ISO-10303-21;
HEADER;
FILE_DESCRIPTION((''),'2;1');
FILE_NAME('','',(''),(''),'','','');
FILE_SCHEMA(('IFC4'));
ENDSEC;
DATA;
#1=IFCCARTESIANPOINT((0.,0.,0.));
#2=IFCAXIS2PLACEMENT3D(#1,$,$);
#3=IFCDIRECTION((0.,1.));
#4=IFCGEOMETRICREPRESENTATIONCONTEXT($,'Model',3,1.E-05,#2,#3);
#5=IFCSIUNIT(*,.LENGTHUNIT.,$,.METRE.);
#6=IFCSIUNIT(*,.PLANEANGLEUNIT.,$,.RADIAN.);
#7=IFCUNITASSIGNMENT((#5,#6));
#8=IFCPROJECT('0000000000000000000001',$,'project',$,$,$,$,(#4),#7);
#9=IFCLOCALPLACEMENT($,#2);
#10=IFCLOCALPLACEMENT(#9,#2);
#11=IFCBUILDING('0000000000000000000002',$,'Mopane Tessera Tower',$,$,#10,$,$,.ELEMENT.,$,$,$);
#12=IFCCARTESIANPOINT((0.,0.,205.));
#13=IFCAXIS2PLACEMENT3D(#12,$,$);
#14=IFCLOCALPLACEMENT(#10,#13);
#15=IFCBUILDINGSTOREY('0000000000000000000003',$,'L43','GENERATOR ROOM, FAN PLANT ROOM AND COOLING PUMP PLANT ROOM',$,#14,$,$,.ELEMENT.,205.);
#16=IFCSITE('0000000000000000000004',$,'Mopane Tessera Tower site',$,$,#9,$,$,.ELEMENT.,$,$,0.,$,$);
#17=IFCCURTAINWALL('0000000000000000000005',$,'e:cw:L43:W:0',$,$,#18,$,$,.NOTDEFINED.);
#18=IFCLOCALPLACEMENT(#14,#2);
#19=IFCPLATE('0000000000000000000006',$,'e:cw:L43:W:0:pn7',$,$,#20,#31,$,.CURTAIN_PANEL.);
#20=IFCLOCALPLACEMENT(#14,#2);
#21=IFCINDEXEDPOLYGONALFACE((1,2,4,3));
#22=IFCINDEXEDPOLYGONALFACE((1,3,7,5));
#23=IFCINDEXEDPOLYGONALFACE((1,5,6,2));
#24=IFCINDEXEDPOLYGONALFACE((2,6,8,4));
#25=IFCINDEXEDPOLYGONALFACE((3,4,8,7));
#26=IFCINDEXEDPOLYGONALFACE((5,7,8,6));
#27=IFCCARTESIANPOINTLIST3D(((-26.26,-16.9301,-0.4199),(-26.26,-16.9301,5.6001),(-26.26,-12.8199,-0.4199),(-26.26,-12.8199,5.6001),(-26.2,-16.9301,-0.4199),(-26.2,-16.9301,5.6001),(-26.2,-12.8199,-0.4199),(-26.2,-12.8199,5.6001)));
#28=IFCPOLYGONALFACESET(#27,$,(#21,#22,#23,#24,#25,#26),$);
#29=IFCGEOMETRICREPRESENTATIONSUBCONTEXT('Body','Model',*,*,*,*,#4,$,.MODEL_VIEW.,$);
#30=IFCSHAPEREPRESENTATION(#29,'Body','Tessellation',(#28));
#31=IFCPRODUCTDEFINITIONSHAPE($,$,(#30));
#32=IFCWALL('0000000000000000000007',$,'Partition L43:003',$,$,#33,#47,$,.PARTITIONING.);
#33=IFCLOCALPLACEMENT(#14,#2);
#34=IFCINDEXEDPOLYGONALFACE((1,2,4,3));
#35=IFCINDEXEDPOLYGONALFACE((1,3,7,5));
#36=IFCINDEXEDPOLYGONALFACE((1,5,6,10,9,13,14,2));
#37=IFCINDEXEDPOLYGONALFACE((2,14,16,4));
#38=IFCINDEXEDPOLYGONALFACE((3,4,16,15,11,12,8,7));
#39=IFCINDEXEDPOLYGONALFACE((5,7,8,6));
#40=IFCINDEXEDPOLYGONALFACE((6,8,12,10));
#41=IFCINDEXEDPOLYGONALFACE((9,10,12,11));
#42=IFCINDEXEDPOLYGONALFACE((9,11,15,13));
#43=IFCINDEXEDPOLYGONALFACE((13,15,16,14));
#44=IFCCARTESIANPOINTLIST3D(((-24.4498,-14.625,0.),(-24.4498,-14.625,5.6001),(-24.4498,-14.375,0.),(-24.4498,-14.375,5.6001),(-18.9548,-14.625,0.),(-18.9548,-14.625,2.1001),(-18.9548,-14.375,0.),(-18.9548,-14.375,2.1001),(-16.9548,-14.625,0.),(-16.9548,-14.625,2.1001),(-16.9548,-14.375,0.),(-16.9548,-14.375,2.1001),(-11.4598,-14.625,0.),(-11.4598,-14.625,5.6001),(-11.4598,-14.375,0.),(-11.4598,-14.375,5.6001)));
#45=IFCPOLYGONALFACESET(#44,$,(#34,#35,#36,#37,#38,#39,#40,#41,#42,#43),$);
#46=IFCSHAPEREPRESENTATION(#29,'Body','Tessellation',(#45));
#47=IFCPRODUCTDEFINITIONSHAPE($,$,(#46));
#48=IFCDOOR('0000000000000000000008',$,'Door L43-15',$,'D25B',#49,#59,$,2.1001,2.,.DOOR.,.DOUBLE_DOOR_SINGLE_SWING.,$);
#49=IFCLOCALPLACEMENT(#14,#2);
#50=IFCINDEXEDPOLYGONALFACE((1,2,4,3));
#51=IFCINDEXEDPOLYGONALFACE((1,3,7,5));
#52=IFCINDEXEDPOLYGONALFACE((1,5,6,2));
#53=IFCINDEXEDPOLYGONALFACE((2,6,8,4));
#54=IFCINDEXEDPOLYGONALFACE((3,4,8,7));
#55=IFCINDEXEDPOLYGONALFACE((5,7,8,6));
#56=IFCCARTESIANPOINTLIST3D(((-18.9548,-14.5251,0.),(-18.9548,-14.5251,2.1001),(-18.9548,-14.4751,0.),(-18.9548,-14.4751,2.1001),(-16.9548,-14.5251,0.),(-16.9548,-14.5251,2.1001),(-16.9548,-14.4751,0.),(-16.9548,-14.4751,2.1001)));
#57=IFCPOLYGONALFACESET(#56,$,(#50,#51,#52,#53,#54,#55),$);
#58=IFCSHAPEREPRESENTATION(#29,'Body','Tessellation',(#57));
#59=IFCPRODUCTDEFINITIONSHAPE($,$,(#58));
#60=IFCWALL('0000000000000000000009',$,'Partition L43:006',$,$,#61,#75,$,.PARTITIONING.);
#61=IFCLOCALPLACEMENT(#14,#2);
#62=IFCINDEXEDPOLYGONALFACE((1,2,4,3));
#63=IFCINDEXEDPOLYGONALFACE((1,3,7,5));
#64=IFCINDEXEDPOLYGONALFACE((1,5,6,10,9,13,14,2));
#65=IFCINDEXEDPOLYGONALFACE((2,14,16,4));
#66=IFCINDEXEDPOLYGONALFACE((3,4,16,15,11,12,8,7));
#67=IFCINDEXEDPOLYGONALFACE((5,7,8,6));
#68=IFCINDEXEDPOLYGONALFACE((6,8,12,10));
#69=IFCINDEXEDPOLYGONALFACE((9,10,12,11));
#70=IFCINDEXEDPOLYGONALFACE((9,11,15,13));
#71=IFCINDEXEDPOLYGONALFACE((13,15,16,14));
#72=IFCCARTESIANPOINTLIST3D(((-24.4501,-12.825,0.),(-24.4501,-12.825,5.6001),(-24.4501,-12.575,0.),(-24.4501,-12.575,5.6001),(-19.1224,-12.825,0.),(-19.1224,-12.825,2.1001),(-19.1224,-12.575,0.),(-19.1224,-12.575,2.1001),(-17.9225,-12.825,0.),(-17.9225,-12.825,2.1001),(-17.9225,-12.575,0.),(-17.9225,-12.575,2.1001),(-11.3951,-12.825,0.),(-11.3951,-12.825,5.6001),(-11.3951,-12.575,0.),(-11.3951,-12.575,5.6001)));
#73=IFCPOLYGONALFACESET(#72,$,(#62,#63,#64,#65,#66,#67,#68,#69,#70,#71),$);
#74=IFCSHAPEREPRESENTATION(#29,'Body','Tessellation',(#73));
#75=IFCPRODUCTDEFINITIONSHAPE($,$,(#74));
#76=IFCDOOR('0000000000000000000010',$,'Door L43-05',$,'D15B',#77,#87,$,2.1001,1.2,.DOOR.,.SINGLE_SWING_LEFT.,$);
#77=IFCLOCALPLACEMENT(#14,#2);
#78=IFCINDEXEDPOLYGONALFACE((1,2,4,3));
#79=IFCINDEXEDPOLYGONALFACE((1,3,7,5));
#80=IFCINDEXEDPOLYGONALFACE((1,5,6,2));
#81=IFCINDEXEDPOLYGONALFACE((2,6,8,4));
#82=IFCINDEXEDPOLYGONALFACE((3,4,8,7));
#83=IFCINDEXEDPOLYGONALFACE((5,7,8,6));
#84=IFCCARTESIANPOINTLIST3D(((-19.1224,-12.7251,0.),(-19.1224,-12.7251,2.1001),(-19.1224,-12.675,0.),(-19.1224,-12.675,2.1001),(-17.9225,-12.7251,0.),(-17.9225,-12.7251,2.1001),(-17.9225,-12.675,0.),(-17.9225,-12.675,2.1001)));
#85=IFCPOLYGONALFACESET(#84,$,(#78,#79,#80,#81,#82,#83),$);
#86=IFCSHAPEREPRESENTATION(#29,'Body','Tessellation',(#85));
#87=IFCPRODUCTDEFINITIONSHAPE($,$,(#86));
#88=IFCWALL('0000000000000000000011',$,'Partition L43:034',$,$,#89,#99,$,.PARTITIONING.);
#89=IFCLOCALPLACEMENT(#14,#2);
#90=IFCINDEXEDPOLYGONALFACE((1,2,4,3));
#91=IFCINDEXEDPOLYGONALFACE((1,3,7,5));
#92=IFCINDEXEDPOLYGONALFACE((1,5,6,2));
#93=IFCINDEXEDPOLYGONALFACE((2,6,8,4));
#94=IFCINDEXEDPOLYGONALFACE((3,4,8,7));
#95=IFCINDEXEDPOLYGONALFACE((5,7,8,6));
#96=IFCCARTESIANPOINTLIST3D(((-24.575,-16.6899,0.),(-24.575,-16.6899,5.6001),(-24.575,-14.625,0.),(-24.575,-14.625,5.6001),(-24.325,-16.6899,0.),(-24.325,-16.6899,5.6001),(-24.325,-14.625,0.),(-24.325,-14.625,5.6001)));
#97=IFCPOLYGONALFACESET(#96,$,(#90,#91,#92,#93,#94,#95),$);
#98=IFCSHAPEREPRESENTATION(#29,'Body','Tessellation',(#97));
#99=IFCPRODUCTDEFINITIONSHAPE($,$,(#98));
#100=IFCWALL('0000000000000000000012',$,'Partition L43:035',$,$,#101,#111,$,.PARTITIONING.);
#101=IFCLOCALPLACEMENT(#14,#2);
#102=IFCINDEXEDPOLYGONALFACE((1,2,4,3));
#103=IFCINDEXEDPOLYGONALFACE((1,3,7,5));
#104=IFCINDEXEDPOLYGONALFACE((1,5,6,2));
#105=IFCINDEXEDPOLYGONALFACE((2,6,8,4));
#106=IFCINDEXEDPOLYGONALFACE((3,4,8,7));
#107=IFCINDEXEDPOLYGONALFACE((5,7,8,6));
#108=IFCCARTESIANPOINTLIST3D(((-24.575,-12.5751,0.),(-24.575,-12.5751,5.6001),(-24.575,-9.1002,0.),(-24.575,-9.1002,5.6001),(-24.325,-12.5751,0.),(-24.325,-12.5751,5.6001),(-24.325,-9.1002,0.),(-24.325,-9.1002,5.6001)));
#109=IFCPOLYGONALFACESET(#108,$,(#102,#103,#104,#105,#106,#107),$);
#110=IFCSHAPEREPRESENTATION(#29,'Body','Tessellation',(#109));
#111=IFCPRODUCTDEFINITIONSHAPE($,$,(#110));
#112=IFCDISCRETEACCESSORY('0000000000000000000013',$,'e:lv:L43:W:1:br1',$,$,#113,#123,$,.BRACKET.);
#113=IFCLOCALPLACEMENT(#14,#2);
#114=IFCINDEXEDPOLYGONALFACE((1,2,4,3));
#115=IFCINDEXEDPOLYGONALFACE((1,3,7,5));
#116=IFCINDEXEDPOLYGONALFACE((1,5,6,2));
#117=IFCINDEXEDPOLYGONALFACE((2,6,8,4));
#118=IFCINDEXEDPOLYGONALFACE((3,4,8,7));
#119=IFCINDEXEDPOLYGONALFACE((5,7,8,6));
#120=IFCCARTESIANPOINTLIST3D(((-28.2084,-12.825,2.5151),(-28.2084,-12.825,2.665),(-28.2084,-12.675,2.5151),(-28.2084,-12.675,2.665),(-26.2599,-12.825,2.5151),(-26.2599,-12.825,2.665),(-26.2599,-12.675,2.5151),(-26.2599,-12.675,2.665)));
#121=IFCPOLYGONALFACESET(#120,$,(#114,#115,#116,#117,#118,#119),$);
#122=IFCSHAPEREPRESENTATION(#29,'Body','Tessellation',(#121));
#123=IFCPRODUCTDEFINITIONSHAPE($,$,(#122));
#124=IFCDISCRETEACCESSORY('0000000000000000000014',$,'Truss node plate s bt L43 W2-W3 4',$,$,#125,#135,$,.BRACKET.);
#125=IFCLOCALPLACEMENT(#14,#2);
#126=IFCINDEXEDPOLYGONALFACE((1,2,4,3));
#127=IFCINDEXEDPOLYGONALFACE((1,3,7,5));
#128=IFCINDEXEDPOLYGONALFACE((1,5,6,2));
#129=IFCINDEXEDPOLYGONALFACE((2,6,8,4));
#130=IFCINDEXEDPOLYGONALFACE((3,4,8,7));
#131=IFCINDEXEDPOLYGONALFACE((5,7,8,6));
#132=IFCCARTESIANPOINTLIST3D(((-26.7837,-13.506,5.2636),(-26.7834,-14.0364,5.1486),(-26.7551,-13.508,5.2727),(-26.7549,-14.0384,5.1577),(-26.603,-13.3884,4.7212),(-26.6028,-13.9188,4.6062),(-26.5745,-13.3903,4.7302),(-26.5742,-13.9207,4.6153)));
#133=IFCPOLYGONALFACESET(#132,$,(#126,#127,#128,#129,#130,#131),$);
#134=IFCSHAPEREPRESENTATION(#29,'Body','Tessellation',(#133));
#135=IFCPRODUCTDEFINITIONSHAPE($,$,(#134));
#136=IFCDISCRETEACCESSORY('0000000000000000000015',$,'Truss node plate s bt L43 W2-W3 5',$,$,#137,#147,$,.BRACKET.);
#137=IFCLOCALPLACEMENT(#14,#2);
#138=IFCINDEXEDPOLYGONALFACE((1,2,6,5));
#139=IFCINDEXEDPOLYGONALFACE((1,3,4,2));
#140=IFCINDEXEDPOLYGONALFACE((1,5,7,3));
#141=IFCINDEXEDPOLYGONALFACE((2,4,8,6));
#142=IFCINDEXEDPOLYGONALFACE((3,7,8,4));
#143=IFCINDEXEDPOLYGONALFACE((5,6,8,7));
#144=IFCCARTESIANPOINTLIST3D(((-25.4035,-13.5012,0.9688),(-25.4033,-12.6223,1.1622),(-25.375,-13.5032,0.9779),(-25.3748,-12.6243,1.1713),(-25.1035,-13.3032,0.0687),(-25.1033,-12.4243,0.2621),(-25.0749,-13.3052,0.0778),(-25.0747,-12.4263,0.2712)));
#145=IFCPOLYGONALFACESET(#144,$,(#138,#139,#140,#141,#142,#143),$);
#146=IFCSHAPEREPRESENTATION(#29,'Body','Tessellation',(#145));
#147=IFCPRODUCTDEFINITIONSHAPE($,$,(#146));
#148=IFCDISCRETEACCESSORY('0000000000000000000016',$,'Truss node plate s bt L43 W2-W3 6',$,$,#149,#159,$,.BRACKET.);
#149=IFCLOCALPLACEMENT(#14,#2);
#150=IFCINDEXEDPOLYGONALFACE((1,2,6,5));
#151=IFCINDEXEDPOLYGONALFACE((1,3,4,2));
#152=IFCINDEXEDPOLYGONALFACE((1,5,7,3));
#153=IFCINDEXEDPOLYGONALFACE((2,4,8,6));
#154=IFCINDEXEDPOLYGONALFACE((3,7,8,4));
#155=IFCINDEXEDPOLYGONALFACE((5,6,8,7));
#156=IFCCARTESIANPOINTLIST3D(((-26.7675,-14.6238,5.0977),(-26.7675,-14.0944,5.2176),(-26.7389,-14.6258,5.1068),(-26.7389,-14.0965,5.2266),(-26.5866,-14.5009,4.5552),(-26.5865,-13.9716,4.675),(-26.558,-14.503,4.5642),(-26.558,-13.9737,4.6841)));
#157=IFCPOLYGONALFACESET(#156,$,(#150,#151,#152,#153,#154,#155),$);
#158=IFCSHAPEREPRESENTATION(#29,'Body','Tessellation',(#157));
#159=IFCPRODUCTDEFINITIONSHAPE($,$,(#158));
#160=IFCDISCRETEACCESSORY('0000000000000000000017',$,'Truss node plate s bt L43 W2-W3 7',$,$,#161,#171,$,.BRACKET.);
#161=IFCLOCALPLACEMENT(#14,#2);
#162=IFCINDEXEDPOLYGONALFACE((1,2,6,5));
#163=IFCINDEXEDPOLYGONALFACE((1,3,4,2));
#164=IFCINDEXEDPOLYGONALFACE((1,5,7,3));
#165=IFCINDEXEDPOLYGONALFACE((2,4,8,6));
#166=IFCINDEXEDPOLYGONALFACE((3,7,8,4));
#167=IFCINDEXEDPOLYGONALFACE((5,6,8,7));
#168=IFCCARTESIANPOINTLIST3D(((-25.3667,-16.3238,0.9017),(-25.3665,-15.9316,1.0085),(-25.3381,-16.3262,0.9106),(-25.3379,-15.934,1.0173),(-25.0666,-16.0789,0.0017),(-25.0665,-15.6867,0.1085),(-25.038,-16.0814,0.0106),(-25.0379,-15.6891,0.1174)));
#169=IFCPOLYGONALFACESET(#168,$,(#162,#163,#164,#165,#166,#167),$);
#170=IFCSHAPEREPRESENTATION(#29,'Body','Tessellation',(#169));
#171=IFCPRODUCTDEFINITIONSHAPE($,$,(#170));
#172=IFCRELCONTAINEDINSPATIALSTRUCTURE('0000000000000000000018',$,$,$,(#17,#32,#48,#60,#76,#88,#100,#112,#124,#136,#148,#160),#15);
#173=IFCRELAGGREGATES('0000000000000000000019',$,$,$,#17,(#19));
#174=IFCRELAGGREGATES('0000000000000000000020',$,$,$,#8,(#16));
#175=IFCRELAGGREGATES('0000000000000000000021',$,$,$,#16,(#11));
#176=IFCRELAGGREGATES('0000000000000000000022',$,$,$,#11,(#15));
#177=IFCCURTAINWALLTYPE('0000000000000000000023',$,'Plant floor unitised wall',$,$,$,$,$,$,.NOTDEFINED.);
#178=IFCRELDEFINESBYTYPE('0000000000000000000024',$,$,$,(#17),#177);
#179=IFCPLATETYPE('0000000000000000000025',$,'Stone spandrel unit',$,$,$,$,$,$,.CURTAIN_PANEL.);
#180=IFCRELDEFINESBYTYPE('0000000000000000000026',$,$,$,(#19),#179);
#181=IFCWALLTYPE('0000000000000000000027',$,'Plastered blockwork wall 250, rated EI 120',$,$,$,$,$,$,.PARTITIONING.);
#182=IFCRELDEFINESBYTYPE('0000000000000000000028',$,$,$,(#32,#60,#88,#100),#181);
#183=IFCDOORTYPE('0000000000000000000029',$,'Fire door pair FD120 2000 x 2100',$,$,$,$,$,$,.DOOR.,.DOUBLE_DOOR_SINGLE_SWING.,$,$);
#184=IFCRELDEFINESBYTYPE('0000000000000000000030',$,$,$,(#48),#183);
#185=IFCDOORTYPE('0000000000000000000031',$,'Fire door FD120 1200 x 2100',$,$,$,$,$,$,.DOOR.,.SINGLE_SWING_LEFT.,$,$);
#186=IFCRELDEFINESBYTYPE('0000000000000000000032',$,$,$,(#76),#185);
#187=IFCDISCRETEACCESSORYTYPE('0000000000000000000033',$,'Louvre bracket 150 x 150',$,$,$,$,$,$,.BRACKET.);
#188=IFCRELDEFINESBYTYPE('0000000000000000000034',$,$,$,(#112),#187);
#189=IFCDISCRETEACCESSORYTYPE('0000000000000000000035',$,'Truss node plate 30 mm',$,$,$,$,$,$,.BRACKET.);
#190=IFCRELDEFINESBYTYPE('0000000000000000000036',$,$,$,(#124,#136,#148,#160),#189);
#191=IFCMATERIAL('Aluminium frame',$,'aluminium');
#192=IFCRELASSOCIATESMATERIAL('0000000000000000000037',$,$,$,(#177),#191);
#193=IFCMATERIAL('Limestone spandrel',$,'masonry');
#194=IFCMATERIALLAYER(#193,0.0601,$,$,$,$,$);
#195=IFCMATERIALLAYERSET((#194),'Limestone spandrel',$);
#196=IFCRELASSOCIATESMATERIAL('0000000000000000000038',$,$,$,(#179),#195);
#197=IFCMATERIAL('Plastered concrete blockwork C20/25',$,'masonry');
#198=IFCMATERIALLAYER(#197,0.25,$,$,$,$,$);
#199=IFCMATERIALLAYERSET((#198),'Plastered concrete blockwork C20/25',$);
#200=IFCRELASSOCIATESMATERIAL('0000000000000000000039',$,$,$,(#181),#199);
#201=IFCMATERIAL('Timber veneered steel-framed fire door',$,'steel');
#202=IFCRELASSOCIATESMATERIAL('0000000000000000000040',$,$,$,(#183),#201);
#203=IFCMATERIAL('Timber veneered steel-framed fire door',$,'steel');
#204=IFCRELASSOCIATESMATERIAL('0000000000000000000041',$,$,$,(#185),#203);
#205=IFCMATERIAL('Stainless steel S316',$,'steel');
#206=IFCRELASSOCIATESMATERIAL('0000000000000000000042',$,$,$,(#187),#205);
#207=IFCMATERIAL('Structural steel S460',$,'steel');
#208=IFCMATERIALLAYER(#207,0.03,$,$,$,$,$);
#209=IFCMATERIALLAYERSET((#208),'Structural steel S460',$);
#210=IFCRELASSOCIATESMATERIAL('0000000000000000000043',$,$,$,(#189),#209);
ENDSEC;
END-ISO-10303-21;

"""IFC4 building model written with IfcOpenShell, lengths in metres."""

from ifc_helpers import new_model, si_unit, direction, frame, frame_2d, origin, origin_2d, place, context, subcontext, project, spatial, rectangle, extrude, material, layer, layer_set, type_object, element, fill, aggregate, save


model = new_model("IFC4")

# Units and contexts
model_context = context("Model", 3, precision=1e-05, world=origin(), true_north=direction((0.0, 1.0)))
body_context = subcontext(model_context, "Body", "Model", "MODEL_VIEW")
ifc_project = project(units=[si_unit("LENGTHUNIT", "METRE"), si_unit("PLANEANGLEUNIT", "RADIAN")], contexts=[model_context])

# Site, building, storey
site_placement = place(None, origin())
site = spatial("IfcSite", under=ifc_project, at=site_placement, Name="Mopane Tessera Tower site", CompositionType="ELEMENT", RefElevation=0.0)
building_placement = place(site_placement, origin())
building = spatial("IfcBuilding", under=site, at=building_placement, Name="Mopane Tessera Tower", CompositionType="ELEMENT")
storey_placement = place(building_placement, frame((0.0, 0.0, 205.0)))
storey = spatial("IfcBuildingStorey", under=building, at=storey_placement, Name="L43", Description="GENERATOR ROOM, FAN PLANT ROOM AND COOLING PUMP PLANT ROOM", CompositionType="ELEMENT", Elevation=205.0)

# Curtain wall
ifc_material_1 = material(Name="Aluminium frame", Category="aluminium")
curtain_wall_type = type_object("IfcCurtainWallType", Name="Plant floor unitised wall", PredefinedType="NOTDEFINED", material=ifc_material_1)
curtain_wall_placement = place(storey_placement, origin())
curtain_wall = element("IfcCurtainWall", 1, at=curtain_wall_placement, inside=storey, type_object=curtain_wall_type, Name="e:cw:L43:W:0", PredefinedType="NOTDEFINED")

# Plate
ifc_material_2 = material(Name="Limestone spandrel", Category="masonry")
ifc_layer_1 = layer(ifc_material_2, 0.0601)
ifc_layer_set_1 = layer_set([ifc_layer_1], Name="Limestone spandrel")
plate_type = type_object("IfcPlateType", Name="Stone spandrel unit", PredefinedType="CURTAIN_PANEL", material=ifc_layer_set_1)
plate_placement = place(storey_placement, frame((-26.23, -14.875, -0.4199), z_axis=(0.0, 0.0, 1.0), x_axis=(0.0, -1.0, 0.0)))
plate = element("IfcPlate", 2, at=plate_placement, type_object=plate_type, Name="e:cw:L43:W:0:pn7", PredefinedType="CURTAIN_PANEL", context=body_context, shape_type="SweptSolid", body=[
    extrude(rectangle(XDim=4.1101, YDim=0.0601, at=origin_2d()), origin(), (0.0, 0.0, 1.0), 6.02),
])
aggregate(curtain_wall, [plate])

# Walls, openings, doors
ifc_material_3 = material(Name="Plastered concrete blockwork C20/25", Category="masonry")
ifc_layer_2 = layer(ifc_material_3, 0.25)
ifc_layer_set_2 = layer_set([ifc_layer_2], Name="Plastered concrete blockwork C20/25")
wall_type = type_object("IfcWallType", Name="Plastered blockwork wall 250, rated EI 120", PredefinedType="PARTITIONING", material=ifc_layer_set_2)
wall_1_placement = place(storey_placement, frame((-24.45, -14.5, 0.0), z_axis=(0.0, 0.0, 1.0), x_axis=(1.0, 0.0, 0.0)))
wall_1 = element("IfcWall", 3, at=wall_1_placement, inside=storey, type_object=wall_type, Name="Partition L43:003", PredefinedType="PARTITIONING", context=body_context, shape_type="SweptSolid", body=[
    extrude(rectangle(XDim=12.99, YDim=0.25, at=frame_2d((6.4951, 0.0))), origin(), (0.0, 0.0, 1.0), 5.6001),
])
opening_1_placement = place(wall_1_placement, frame((5.4951, 0.0, 0.0)))
opening_1 = element("IfcOpeningElement", 4, at=opening_1_placement, cuts=wall_1, PredefinedType="OPENING", context=body_context, shape_type="SweptSolid", body=[
    extrude(rectangle(XDim=2.0, YDim=2.1001, at=frame_2d((1.0, 1.05))), frame((0.0, 0.137, 0.0), z_axis=(0.0, -1.0, 0.0), x_axis=(1.0, 0.0, 0.0)), (0.0, 0.0, 1.0), 0.2739),
])
ifc_material_4 = material(Name="Timber veneered steel-framed fire door", Category="steel")
door_type_1 = type_object("IfcDoorType", Name="Fire door pair FD120 2000 x 2100", OperationType="DOUBLE_DOOR_SINGLE_SWING", PredefinedType="DOOR", material=ifc_material_4)
door_1_placement = place(opening_1_placement, origin())
door_1 = element("IfcDoor", 5, at=door_1_placement, inside=storey, type_object=door_type_1, Name="Door L43-15", ObjectType="D25B", OperationType="DOUBLE_DOOR_SINGLE_SWING", OverallHeight=2.1001, OverallWidth=2.0, PredefinedType="DOOR", context=body_context, shape_type="SweptSolid", body=[
    extrude(rectangle(XDim=2.0, YDim=2.1001, at=frame_2d((1.0, 1.05))), frame((0.0, 0.0249, 0.0), z_axis=(0.0, -1.0, 0.0), x_axis=(1.0, 0.0, 0.0)), (0.0, 0.0, 1.0), 0.05),
])
fill(opening_1, door_1)
wall_2_placement = place(storey_placement, frame((-24.45, -12.7, 0.0), z_axis=(0.0, 0.0, 1.0), x_axis=(1.0, 0.0, 0.0)))
wall_2 = element("IfcWall", 6, at=wall_2_placement, inside=storey, type_object=wall_type, Name="Partition L43:006", PredefinedType="PARTITIONING", context=body_context, shape_type="SweptSolid", body=[
    extrude(rectangle(XDim=13.0549, YDim=0.25, at=frame_2d((6.5273, 0.0))), origin(), (0.0, 0.0, 1.0), 5.6001),
])
opening_2_placement = place(wall_2_placement, frame((5.3274, 0.0, 0.0)))
opening_2 = element("IfcOpeningElement", 7, at=opening_2_placement, cuts=wall_2, PredefinedType="OPENING", context=body_context, shape_type="SweptSolid", body=[
    extrude(rectangle(XDim=1.2, YDim=2.1001, at=frame_2d((0.6001, 1.05))), frame((0.0, 0.137, 0.0), z_axis=(0.0, -1.0, 0.0), x_axis=(1.0, 0.0, 0.0)), (0.0, 0.0, 1.0), 0.2739),
])
ifc_material_5 = material(Name="Timber veneered steel-framed fire door", Category="steel")
door_type_2 = type_object("IfcDoorType", Name="Fire door FD120 1200 x 2100", OperationType="SINGLE_SWING_LEFT", PredefinedType="DOOR", material=ifc_material_5)
door_2_placement = place(opening_2_placement, origin())
door_2 = element("IfcDoor", 8, at=door_2_placement, inside=storey, type_object=door_type_2, Name="Door L43-05", ObjectType="D15B", OperationType="SINGLE_SWING_LEFT", OverallHeight=2.1001, OverallWidth=1.2, PredefinedType="DOOR", context=body_context, shape_type="SweptSolid", body=[
    extrude(rectangle(XDim=1.2, YDim=2.1001, at=frame_2d((0.6001, 1.05))), frame((0.0, 0.0249, 0.0), z_axis=(0.0, -1.0, 0.0), x_axis=(1.0, 0.0, 0.0)), (0.0, 0.0, 1.0), 0.05),
])
fill(opening_2, door_2)

# Walls
wall_3_placement = place(storey_placement, frame((-24.45, -16.6899, 0.0), z_axis=(0.0, 0.0, 1.0), x_axis=(0.0, 1.0, 0.0)))
element("IfcWall", 9, at=wall_3_placement, inside=storey, type_object=wall_type, Name="Partition L43:034", PredefinedType="PARTITIONING", context=body_context, shape_type="SweptSolid", body=[
    extrude(rectangle(XDim=2.0649, YDim=0.25, at=frame_2d((1.0325, 0.0))), origin(), (0.0, 0.0, 1.0), 5.6001),
])
wall_4_placement = place(storey_placement, frame((-24.45, -12.575, 0.0), z_axis=(0.0, 0.0, 1.0), x_axis=(0.0, 1.0, 0.0)))
element("IfcWall", 10, at=wall_4_placement, inside=storey, type_object=wall_type, Name="Partition L43:035", PredefinedType="PARTITIONING", context=body_context, shape_type="SweptSolid", body=[
    extrude(rectangle(XDim=3.4749, YDim=0.25, at=frame_2d((1.7373, 0.0))), origin(), (0.0, 0.0, 1.0), 5.6001),
])

# Discrete accessories
ifc_material_6 = material(Name="Stainless steel S316", Category="steel")
discrete_accessory_type_1 = type_object("IfcDiscreteAccessoryType", Name="Louvre bracket 150 x 150", PredefinedType="BRACKET", material=ifc_material_6)
discrete_accessory_1_placement = place(storey_placement, frame((-27.2341, -12.75, 2.5151), z_axis=(0.0, 0.0, 1.0), x_axis=(-1.0, 0.0, 0.0)))
element("IfcDiscreteAccessory", 11, at=discrete_accessory_1_placement, inside=storey, type_object=discrete_accessory_type_1, Name="e:lv:L43:W:1:br1", PredefinedType="BRACKET", context=body_context, shape_type="SweptSolid", body=[
    extrude(rectangle(XDim=1.9485, YDim=0.1499, at=origin_2d()), origin(), (0.0, 0.0, 1.0), 0.1499),
])
ifc_material_7 = material(Name="Structural steel S460", Category="steel")
ifc_layer_3 = layer(ifc_material_7, 0.03)
ifc_layer_set_3 = layer_set([ifc_layer_3], Name="Structural steel S460")
discrete_accessory_type_2 = type_object("IfcDiscreteAccessoryType", Name="Truss node plate 30 mm", PredefinedType="BRACKET", material=ifc_layer_set_3)
discrete_accessory_2_placement = place(storey_placement, frame((-26.5886, -13.6545, 4.6682), z_axis=(-0.309485, -0.201584, 0.929292), x_axis=(0.950904, -0.065173, 0.302545)))
element("IfcDiscreteAccessory", 12, at=discrete_accessory_2_placement, inside=storey, type_object=discrete_accessory_type_2, Name="Truss node plate s bt L43 W2-W3 4", PredefinedType="BRACKET", context=body_context, shape_type="SweptSolid", body=[
    extrude(rectangle(XDim=0.03, YDim=0.5427, at=origin_2d()), origin(), (0.0, 0.0, 1.0), 0.5837),
])
discrete_accessory_3_placement = place(storey_placement, frame((-25.0891, -12.8647, 0.1699), z_axis=(-0.30956, -0.204274, 0.928679), x_axis=(0.95088, -0.066739, 0.30228)))
element("IfcDiscreteAccessory", 13, at=discrete_accessory_3_placement, inside=storey, type_object=discrete_accessory_type_2, Name="Truss node plate s bt L43 W2-W3 5", PredefinedType="BRACKET", context=body_context, shape_type="SweptSolid", body=[
    extrude(rectangle(XDim=0.03, YDim=0.8999, at=origin_2d()), origin(), (0.0, 0.0, 1.0), 0.9692),
])
discrete_accessory_4_placement = place(storey_placement, frame((-26.5723, -14.2373, 4.6196), z_axis=(-0.309304, -0.20996, 0.927495), x_axis=(0.950963, -0.068379, 0.301651)))
element("IfcDiscreteAccessory", 14, at=discrete_accessory_4_placement, inside=storey, type_object=discrete_accessory_type_2, Name="Truss node plate s bt L43 W2-W3 6", PredefinedType="BRACKET", context=body_context, shape_type="SweptSolid", body=[
    extrude(rectangle(XDim=0.03, YDim=0.5427, at=origin_2d()), origin(), (0.0, 0.0, 1.0), 0.585),
])
discrete_accessory_5_placement = place(storey_placement, frame((-25.0522, -15.884, 0.0596), z_axis=(-0.306265, -0.249946, 0.918547), x_axis=(0.951946, -0.080772, 0.295422)))
element("IfcDiscreteAccessory", 15, at=discrete_accessory_5_placement, inside=storey, type_object=discrete_accessory_type_2, Name="Truss node plate s bt L43 W2-W3 7", PredefinedType="BRACKET", context=body_context, shape_type="SweptSolid", body=[
    extrude(rectangle(XDim=0.03, YDim=0.4065, at=origin_2d()), origin(), (0.0, 0.0, 1.0), 0.9797),
])

save(model, "model.ifc")
